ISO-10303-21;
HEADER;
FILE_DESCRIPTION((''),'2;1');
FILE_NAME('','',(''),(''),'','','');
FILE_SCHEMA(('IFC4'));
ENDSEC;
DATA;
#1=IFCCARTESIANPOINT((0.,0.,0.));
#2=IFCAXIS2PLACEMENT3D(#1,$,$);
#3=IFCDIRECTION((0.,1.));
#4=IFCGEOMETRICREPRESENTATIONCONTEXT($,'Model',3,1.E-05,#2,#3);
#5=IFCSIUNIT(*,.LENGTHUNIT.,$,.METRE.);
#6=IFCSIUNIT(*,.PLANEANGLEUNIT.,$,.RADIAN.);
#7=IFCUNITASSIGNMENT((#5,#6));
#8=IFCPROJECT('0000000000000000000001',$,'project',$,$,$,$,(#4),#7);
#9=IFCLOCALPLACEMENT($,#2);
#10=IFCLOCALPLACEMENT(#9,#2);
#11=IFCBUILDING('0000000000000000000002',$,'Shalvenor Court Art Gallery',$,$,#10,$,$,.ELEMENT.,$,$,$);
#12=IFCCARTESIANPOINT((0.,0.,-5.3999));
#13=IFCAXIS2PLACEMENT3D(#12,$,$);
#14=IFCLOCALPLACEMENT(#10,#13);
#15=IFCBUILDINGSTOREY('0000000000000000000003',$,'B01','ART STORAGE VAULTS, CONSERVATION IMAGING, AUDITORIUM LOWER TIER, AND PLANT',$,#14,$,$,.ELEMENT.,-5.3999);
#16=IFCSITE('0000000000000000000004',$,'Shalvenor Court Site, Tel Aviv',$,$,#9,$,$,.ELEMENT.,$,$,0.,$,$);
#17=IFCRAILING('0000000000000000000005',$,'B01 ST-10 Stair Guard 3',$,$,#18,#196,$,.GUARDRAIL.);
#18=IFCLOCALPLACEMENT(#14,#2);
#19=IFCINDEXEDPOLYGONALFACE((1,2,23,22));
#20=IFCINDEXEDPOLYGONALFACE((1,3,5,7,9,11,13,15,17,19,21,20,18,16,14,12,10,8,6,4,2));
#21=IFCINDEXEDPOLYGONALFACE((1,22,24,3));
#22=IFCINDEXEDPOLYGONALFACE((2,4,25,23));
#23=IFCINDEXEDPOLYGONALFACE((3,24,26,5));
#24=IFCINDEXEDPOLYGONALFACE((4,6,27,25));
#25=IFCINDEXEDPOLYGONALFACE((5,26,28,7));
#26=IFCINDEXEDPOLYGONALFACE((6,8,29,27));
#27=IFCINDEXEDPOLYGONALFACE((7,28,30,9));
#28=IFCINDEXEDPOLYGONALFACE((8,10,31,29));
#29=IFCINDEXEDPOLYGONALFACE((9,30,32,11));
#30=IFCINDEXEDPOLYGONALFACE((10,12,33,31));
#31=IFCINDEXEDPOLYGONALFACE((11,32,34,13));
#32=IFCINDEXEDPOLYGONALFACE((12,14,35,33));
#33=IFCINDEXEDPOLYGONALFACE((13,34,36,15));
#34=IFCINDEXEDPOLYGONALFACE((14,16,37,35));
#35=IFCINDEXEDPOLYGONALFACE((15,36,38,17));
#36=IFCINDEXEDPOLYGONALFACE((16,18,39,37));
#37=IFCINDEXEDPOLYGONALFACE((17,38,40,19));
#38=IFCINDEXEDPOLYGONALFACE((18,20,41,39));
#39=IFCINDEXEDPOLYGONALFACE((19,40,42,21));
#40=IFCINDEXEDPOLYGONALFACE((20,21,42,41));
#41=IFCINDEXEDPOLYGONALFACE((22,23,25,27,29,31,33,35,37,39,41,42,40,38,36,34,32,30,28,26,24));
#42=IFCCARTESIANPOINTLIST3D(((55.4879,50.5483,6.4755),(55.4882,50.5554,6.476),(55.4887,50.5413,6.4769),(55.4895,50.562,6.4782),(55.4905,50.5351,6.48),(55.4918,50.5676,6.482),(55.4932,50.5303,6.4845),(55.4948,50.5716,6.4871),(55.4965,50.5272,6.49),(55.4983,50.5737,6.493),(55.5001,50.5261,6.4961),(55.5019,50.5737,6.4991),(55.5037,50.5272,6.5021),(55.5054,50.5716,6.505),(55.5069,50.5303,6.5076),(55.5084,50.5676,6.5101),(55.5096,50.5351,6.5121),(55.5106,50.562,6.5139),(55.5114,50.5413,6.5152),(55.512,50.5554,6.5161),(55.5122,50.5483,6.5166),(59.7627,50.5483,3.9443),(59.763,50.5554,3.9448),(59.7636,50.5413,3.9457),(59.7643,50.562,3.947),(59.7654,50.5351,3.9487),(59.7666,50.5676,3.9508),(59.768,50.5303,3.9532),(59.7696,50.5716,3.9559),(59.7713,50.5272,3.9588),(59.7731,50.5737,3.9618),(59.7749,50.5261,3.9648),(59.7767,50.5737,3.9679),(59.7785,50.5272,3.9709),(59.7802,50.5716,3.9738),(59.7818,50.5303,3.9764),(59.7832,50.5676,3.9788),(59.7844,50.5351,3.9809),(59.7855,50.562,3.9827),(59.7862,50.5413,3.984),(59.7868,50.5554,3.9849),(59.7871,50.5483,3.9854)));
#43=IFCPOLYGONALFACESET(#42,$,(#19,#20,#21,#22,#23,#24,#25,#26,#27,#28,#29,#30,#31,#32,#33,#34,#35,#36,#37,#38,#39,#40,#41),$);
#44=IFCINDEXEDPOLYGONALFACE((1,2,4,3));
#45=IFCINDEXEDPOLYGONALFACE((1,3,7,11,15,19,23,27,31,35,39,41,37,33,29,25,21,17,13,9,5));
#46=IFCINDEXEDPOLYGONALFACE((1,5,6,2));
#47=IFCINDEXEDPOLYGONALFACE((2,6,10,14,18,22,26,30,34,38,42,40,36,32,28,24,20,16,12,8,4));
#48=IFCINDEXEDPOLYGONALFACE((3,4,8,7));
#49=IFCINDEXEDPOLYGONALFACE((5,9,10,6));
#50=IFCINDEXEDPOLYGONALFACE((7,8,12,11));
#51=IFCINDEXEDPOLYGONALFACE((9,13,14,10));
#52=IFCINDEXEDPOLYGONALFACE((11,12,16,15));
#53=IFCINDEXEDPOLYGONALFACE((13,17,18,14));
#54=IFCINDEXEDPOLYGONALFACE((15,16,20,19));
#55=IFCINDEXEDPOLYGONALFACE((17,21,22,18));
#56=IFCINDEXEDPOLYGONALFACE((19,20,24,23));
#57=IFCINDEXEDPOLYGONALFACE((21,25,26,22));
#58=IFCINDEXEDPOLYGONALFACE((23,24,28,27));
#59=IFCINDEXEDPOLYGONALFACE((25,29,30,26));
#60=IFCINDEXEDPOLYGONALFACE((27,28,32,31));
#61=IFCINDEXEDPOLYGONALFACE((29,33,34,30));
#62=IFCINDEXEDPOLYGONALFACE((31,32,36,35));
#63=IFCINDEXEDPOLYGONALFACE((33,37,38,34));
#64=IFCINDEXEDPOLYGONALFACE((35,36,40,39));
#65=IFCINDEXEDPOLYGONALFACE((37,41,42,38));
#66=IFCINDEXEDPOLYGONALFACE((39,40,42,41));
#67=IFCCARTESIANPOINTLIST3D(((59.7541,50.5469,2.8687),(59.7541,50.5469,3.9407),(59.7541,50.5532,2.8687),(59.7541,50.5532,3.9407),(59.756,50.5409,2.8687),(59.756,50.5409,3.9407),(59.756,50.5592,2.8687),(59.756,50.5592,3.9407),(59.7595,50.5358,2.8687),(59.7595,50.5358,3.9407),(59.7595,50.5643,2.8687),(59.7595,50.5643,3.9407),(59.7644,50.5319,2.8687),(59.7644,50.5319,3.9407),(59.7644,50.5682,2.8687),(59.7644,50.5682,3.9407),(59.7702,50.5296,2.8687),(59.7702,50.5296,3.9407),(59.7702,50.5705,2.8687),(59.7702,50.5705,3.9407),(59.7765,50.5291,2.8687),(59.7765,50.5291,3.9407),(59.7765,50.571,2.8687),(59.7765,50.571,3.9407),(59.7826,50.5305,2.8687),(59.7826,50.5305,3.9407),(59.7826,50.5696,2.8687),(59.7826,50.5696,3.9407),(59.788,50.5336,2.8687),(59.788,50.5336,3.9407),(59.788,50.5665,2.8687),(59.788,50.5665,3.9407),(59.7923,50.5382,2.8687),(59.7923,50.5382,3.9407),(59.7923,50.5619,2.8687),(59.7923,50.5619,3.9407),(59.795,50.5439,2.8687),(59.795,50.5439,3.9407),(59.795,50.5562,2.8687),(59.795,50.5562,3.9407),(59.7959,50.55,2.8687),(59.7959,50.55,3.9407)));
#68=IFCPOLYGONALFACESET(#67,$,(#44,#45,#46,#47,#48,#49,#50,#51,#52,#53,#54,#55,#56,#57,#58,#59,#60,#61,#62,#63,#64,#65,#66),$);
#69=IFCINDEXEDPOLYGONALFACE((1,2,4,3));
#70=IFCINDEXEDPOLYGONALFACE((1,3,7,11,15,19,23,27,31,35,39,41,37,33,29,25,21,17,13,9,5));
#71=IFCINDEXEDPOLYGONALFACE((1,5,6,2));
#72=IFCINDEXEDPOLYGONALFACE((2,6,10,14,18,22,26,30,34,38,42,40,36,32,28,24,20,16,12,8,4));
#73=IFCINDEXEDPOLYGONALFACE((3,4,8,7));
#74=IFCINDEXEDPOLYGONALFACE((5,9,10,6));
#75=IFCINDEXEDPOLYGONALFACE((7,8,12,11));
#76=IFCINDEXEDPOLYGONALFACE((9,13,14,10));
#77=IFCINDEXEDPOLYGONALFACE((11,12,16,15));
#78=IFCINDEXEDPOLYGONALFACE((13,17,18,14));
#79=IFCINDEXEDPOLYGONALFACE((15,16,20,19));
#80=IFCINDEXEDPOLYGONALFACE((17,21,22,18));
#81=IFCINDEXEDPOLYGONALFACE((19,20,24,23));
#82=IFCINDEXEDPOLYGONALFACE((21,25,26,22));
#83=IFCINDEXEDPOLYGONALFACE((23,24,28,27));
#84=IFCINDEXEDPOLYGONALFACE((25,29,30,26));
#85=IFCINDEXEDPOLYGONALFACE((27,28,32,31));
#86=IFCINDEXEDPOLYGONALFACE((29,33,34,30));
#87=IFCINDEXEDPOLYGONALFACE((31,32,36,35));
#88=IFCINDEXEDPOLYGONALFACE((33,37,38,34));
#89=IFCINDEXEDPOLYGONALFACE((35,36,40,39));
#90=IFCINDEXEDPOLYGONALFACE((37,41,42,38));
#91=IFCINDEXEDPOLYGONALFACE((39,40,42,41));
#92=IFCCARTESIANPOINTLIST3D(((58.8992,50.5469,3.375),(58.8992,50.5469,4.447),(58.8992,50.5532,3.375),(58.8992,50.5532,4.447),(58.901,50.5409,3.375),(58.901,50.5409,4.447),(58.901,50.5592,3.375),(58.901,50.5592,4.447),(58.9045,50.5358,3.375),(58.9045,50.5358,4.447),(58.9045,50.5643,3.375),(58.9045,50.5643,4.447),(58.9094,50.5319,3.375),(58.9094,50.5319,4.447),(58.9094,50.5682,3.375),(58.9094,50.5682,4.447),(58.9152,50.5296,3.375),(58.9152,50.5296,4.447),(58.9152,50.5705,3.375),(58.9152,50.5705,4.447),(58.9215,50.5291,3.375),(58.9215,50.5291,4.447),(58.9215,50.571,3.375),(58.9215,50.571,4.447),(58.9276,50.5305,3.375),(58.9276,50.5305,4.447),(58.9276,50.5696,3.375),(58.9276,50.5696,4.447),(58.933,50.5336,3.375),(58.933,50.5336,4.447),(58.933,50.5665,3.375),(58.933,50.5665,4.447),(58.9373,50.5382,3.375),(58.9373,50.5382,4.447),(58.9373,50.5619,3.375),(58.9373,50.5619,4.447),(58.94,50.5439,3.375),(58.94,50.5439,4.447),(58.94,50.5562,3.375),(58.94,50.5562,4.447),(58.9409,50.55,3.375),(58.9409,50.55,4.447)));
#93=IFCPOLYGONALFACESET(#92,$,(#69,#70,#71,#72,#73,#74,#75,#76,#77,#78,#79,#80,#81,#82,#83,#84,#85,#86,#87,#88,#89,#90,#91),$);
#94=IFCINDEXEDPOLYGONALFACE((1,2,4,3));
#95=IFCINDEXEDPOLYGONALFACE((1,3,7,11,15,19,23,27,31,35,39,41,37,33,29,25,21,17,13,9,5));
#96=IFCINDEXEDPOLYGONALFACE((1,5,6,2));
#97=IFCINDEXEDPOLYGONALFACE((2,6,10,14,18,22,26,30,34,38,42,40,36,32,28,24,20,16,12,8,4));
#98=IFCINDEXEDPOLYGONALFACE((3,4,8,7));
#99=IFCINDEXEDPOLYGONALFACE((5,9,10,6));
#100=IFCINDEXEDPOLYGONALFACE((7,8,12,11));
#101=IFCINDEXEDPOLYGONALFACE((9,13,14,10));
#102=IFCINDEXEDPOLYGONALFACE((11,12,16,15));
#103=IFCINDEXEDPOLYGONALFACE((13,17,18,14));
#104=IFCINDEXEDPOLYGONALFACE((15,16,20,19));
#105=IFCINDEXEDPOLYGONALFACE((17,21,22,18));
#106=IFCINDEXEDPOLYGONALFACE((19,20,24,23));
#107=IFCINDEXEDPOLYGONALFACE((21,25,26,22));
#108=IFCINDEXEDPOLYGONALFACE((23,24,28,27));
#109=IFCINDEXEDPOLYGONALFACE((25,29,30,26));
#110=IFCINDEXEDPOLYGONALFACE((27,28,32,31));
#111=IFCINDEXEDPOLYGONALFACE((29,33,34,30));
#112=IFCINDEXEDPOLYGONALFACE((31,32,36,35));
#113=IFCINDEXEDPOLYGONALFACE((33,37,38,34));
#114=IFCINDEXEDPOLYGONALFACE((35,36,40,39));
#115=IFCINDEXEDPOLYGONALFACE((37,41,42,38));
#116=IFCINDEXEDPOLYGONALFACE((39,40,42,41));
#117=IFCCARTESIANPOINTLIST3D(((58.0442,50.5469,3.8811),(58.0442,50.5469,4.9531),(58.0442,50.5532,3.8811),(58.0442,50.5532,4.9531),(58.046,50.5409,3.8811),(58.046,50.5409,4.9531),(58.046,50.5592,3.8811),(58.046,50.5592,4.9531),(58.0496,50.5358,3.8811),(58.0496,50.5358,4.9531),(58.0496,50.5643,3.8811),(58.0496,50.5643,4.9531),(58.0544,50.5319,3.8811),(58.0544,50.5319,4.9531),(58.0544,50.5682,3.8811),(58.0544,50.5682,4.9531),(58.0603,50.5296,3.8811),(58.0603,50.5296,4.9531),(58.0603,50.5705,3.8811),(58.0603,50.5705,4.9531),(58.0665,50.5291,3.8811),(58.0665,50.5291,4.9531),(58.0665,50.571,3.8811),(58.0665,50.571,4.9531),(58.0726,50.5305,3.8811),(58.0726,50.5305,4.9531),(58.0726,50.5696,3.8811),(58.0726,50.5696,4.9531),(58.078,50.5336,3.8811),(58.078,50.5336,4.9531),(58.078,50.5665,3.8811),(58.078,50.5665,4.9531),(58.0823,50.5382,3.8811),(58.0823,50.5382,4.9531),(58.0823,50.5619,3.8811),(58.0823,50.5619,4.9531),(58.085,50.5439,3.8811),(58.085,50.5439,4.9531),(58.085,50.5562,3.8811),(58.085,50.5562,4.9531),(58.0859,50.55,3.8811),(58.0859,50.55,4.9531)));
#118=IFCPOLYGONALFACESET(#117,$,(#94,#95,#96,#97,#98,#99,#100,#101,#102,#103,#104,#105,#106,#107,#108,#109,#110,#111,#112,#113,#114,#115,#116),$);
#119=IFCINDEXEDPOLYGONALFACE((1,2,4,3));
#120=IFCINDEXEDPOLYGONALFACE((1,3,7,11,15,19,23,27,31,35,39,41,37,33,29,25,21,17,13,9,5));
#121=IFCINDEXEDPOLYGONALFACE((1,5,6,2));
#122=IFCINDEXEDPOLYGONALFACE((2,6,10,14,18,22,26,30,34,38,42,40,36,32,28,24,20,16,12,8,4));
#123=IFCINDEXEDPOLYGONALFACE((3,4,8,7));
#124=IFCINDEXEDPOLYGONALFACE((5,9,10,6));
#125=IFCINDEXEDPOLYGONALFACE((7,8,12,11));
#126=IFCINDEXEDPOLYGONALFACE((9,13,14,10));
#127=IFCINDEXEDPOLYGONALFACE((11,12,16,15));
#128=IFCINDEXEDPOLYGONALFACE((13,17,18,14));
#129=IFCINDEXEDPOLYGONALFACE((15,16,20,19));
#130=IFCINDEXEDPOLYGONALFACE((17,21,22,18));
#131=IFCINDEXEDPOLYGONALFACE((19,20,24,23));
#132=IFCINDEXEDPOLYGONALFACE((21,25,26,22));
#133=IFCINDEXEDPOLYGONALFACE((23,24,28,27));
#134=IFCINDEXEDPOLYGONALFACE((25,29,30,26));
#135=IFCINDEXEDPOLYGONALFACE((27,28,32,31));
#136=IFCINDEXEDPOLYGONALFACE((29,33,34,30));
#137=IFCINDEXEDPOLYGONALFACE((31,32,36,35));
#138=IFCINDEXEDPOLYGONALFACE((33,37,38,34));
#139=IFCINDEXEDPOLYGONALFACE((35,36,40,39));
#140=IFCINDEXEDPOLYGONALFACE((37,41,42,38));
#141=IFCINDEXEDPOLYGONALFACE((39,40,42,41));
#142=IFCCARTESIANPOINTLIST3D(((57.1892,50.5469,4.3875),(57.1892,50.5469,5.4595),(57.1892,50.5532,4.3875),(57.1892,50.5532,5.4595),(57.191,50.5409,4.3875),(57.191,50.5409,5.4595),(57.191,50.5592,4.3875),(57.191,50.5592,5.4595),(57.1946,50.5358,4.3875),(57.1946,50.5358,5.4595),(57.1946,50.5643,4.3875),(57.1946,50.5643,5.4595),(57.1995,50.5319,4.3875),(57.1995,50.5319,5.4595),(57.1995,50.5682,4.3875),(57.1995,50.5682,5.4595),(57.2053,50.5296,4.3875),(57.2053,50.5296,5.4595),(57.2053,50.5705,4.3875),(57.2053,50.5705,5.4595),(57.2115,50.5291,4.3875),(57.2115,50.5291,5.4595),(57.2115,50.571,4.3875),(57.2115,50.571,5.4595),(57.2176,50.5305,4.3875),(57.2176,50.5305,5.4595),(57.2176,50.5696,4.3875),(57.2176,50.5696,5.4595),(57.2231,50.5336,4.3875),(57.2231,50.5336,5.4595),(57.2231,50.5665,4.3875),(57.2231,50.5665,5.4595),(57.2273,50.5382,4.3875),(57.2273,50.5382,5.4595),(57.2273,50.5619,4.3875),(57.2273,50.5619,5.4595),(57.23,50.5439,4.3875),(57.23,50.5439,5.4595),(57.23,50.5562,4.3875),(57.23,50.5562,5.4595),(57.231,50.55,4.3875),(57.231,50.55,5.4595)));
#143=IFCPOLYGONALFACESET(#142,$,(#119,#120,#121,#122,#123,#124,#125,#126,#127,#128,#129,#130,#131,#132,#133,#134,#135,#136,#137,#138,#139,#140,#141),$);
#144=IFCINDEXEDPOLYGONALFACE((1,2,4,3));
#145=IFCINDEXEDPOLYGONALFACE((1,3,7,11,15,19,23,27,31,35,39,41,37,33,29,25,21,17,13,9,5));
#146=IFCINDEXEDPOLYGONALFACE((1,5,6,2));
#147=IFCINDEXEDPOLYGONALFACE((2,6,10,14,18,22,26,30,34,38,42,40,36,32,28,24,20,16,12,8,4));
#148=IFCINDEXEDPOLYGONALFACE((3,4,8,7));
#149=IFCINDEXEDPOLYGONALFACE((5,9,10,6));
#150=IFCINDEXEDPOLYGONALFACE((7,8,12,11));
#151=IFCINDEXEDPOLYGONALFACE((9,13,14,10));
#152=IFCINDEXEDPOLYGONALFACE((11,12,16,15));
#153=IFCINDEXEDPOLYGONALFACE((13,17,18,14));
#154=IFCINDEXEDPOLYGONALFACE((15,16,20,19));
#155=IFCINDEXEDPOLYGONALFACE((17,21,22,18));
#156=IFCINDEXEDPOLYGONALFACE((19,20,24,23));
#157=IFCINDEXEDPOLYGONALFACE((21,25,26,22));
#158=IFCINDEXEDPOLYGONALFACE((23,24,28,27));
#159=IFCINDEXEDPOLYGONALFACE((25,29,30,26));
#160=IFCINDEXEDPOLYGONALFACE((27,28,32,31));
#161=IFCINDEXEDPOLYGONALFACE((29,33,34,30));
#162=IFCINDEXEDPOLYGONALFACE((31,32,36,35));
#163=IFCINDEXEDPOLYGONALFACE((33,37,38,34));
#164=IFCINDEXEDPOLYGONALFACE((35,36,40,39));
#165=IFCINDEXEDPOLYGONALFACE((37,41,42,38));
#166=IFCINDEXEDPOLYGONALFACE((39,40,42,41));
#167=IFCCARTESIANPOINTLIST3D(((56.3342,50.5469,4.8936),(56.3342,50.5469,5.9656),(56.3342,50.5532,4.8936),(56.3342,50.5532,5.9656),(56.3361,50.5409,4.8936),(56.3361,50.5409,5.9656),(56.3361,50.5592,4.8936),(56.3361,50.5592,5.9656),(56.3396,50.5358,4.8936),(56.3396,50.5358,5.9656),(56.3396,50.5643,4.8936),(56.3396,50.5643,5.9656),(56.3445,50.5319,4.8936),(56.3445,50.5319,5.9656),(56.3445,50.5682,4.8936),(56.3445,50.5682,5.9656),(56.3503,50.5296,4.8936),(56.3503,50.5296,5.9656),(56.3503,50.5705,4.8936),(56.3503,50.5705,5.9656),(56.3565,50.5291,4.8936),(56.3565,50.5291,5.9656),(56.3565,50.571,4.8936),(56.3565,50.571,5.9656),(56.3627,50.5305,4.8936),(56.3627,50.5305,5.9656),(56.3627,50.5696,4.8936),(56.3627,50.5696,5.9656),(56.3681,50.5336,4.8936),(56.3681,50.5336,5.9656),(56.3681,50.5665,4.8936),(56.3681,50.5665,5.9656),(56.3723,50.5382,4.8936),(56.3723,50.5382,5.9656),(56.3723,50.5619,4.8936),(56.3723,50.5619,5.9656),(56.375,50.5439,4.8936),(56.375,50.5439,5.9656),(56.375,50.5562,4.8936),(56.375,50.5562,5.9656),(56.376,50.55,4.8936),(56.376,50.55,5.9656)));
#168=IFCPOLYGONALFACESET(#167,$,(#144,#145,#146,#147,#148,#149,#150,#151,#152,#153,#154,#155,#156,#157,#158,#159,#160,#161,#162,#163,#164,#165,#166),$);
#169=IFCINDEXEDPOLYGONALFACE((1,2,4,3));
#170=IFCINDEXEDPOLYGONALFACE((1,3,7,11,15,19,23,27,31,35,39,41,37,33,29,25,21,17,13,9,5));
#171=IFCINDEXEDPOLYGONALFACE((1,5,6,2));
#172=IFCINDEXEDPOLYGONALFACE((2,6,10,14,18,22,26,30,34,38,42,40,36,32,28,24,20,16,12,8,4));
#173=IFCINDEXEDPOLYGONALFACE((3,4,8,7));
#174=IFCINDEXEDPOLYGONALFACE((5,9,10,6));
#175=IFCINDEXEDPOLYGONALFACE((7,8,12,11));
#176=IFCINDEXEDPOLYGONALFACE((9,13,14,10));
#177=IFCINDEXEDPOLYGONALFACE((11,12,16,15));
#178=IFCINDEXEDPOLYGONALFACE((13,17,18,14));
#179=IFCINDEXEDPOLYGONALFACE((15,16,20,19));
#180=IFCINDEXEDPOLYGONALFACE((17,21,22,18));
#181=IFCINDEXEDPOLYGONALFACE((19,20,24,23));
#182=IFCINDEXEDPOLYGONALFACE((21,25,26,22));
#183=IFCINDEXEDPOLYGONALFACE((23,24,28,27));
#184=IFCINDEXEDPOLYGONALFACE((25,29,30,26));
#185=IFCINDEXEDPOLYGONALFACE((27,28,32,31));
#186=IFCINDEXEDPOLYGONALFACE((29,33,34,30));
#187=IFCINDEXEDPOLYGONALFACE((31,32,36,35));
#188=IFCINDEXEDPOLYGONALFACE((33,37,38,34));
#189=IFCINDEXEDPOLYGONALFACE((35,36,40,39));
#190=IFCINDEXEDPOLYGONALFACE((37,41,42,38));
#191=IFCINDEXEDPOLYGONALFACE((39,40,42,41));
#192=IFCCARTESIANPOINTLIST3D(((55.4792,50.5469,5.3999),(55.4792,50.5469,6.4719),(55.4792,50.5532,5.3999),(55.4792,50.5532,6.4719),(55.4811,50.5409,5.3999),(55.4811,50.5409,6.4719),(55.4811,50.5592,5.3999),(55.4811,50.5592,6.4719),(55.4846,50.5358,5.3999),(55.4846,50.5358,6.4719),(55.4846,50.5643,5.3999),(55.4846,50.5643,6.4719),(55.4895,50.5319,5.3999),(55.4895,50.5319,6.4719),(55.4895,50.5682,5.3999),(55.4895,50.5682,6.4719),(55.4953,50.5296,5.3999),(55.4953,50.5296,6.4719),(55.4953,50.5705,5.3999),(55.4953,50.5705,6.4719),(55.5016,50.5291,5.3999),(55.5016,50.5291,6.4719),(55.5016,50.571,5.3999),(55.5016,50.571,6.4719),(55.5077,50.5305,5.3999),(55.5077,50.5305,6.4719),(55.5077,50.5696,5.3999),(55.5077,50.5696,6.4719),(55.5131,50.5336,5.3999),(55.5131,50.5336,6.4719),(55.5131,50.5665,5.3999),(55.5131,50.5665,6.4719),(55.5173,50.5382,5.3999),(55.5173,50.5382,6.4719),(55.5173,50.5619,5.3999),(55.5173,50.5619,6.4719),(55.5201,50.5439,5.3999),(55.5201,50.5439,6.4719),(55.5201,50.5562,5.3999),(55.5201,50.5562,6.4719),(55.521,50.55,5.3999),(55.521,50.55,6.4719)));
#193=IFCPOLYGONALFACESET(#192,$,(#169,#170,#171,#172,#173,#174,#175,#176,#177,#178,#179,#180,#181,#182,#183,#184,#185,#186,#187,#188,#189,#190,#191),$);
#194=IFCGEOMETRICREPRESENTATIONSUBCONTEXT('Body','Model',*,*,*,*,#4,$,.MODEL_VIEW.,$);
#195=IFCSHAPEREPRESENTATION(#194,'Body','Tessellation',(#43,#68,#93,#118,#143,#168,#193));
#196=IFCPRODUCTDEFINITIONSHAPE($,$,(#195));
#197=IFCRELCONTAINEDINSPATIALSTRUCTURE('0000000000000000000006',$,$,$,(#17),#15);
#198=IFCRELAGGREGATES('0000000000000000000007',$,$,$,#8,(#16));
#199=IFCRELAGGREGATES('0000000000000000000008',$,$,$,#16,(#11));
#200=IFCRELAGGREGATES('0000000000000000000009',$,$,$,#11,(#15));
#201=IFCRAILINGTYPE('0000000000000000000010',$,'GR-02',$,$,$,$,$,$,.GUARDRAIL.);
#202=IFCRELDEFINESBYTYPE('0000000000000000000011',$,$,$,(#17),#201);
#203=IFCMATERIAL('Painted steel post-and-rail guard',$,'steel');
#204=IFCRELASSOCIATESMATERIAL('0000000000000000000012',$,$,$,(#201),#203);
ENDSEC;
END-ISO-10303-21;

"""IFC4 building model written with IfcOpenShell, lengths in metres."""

from ifc_helpers import new_model, si_unit, direction, frame, origin, origin_2d, place, context, subcontext, project, spatial, circle, extrude, material, type_object, element, save


model = new_model("IFC4")

# Units and contexts
model_context = context("Model", 3, precision=1e-05, world=origin(), true_north=direction((0.0, 1.0)))
body_context = subcontext(model_context, "Body", "Model", "MODEL_VIEW")
ifc_project = project(units=[si_unit("LENGTHUNIT", "METRE"), si_unit("PLANEANGLEUNIT", "RADIAN")], contexts=[model_context])

# Site, building, storey
site_placement = place(None, origin())
site = spatial("IfcSite", under=ifc_project, at=site_placement, Name="Shalvenor Court Site, Tel Aviv", CompositionType="ELEMENT", RefElevation=0.0)
building_placement = place(site_placement, origin())
building = spatial("IfcBuilding", under=site, at=building_placement, Name="Shalvenor Court Art Gallery", CompositionType="ELEMENT")
storey_placement = place(building_placement, frame((0.0, 0.0, -5.3999)))
storey = spatial("IfcBuildingStorey", under=building, at=storey_placement, Name="B01", Description="ART STORAGE VAULTS, CONSERVATION IMAGING, AUDITORIUM LOWER TIER, AND PLANT", CompositionType="ELEMENT", Elevation=-5.3999)

# Railing
ifc_material_1 = material(Name="Painted steel post-and-rail guard", Category="steel")
railing_type = type_object("IfcRailingType", Name="GR-02", PredefinedType="GUARDRAIL", material=ifc_material_1)
railing_placement = place(storey_placement, frame((59.7749, 50.55, 2.8687)))
element("IfcRailing", 1, at=railing_placement, inside=storey, type_object=railing_type, Name="B01 ST-10 Stair Guard 3", PredefinedType="GUARDRAIL", context=body_context, shape_type="SweptSolid", body=[
    extrude(circle(Radius=0.0239, at=origin_2d()), frame((0.0, 0.0, 1.0962), z_axis=(-0.86047, 0.0, 0.509501), x_axis=(0.0, -1.0, 0.0)), (0.0, 0.0, 1.0), 4.968),
    extrude(circle(Radius=0.021, at=origin_2d()), origin(), (0.0, 0.0, 1.0), 1.072),
    extrude(circle(Radius=0.021, at=origin_2d()), frame((-0.855, 0.0, 0.5063)), (0.0, 0.0, 1.0), 1.072),
    extrude(circle(Radius=0.021, at=origin_2d()), frame((-1.71, 0.0, 1.0125)), (0.0, 0.0, 1.0), 1.072),
    extrude(circle(Radius=0.021, at=origin_2d()), frame((-2.5649, 0.0, 1.5188)), (0.0, 0.0, 1.0), 1.072),
    extrude(circle(Radius=0.021, at=origin_2d()), frame((-3.4199, 0.0, 2.0249)), (0.0, 0.0, 1.0), 1.072),
    extrude(circle(Radius=0.021, at=origin_2d()), frame((-4.2749, 0.0, 2.5312)), (0.0, 0.0, 1.0), 1.072),
])

save(model, "model.ifc")
